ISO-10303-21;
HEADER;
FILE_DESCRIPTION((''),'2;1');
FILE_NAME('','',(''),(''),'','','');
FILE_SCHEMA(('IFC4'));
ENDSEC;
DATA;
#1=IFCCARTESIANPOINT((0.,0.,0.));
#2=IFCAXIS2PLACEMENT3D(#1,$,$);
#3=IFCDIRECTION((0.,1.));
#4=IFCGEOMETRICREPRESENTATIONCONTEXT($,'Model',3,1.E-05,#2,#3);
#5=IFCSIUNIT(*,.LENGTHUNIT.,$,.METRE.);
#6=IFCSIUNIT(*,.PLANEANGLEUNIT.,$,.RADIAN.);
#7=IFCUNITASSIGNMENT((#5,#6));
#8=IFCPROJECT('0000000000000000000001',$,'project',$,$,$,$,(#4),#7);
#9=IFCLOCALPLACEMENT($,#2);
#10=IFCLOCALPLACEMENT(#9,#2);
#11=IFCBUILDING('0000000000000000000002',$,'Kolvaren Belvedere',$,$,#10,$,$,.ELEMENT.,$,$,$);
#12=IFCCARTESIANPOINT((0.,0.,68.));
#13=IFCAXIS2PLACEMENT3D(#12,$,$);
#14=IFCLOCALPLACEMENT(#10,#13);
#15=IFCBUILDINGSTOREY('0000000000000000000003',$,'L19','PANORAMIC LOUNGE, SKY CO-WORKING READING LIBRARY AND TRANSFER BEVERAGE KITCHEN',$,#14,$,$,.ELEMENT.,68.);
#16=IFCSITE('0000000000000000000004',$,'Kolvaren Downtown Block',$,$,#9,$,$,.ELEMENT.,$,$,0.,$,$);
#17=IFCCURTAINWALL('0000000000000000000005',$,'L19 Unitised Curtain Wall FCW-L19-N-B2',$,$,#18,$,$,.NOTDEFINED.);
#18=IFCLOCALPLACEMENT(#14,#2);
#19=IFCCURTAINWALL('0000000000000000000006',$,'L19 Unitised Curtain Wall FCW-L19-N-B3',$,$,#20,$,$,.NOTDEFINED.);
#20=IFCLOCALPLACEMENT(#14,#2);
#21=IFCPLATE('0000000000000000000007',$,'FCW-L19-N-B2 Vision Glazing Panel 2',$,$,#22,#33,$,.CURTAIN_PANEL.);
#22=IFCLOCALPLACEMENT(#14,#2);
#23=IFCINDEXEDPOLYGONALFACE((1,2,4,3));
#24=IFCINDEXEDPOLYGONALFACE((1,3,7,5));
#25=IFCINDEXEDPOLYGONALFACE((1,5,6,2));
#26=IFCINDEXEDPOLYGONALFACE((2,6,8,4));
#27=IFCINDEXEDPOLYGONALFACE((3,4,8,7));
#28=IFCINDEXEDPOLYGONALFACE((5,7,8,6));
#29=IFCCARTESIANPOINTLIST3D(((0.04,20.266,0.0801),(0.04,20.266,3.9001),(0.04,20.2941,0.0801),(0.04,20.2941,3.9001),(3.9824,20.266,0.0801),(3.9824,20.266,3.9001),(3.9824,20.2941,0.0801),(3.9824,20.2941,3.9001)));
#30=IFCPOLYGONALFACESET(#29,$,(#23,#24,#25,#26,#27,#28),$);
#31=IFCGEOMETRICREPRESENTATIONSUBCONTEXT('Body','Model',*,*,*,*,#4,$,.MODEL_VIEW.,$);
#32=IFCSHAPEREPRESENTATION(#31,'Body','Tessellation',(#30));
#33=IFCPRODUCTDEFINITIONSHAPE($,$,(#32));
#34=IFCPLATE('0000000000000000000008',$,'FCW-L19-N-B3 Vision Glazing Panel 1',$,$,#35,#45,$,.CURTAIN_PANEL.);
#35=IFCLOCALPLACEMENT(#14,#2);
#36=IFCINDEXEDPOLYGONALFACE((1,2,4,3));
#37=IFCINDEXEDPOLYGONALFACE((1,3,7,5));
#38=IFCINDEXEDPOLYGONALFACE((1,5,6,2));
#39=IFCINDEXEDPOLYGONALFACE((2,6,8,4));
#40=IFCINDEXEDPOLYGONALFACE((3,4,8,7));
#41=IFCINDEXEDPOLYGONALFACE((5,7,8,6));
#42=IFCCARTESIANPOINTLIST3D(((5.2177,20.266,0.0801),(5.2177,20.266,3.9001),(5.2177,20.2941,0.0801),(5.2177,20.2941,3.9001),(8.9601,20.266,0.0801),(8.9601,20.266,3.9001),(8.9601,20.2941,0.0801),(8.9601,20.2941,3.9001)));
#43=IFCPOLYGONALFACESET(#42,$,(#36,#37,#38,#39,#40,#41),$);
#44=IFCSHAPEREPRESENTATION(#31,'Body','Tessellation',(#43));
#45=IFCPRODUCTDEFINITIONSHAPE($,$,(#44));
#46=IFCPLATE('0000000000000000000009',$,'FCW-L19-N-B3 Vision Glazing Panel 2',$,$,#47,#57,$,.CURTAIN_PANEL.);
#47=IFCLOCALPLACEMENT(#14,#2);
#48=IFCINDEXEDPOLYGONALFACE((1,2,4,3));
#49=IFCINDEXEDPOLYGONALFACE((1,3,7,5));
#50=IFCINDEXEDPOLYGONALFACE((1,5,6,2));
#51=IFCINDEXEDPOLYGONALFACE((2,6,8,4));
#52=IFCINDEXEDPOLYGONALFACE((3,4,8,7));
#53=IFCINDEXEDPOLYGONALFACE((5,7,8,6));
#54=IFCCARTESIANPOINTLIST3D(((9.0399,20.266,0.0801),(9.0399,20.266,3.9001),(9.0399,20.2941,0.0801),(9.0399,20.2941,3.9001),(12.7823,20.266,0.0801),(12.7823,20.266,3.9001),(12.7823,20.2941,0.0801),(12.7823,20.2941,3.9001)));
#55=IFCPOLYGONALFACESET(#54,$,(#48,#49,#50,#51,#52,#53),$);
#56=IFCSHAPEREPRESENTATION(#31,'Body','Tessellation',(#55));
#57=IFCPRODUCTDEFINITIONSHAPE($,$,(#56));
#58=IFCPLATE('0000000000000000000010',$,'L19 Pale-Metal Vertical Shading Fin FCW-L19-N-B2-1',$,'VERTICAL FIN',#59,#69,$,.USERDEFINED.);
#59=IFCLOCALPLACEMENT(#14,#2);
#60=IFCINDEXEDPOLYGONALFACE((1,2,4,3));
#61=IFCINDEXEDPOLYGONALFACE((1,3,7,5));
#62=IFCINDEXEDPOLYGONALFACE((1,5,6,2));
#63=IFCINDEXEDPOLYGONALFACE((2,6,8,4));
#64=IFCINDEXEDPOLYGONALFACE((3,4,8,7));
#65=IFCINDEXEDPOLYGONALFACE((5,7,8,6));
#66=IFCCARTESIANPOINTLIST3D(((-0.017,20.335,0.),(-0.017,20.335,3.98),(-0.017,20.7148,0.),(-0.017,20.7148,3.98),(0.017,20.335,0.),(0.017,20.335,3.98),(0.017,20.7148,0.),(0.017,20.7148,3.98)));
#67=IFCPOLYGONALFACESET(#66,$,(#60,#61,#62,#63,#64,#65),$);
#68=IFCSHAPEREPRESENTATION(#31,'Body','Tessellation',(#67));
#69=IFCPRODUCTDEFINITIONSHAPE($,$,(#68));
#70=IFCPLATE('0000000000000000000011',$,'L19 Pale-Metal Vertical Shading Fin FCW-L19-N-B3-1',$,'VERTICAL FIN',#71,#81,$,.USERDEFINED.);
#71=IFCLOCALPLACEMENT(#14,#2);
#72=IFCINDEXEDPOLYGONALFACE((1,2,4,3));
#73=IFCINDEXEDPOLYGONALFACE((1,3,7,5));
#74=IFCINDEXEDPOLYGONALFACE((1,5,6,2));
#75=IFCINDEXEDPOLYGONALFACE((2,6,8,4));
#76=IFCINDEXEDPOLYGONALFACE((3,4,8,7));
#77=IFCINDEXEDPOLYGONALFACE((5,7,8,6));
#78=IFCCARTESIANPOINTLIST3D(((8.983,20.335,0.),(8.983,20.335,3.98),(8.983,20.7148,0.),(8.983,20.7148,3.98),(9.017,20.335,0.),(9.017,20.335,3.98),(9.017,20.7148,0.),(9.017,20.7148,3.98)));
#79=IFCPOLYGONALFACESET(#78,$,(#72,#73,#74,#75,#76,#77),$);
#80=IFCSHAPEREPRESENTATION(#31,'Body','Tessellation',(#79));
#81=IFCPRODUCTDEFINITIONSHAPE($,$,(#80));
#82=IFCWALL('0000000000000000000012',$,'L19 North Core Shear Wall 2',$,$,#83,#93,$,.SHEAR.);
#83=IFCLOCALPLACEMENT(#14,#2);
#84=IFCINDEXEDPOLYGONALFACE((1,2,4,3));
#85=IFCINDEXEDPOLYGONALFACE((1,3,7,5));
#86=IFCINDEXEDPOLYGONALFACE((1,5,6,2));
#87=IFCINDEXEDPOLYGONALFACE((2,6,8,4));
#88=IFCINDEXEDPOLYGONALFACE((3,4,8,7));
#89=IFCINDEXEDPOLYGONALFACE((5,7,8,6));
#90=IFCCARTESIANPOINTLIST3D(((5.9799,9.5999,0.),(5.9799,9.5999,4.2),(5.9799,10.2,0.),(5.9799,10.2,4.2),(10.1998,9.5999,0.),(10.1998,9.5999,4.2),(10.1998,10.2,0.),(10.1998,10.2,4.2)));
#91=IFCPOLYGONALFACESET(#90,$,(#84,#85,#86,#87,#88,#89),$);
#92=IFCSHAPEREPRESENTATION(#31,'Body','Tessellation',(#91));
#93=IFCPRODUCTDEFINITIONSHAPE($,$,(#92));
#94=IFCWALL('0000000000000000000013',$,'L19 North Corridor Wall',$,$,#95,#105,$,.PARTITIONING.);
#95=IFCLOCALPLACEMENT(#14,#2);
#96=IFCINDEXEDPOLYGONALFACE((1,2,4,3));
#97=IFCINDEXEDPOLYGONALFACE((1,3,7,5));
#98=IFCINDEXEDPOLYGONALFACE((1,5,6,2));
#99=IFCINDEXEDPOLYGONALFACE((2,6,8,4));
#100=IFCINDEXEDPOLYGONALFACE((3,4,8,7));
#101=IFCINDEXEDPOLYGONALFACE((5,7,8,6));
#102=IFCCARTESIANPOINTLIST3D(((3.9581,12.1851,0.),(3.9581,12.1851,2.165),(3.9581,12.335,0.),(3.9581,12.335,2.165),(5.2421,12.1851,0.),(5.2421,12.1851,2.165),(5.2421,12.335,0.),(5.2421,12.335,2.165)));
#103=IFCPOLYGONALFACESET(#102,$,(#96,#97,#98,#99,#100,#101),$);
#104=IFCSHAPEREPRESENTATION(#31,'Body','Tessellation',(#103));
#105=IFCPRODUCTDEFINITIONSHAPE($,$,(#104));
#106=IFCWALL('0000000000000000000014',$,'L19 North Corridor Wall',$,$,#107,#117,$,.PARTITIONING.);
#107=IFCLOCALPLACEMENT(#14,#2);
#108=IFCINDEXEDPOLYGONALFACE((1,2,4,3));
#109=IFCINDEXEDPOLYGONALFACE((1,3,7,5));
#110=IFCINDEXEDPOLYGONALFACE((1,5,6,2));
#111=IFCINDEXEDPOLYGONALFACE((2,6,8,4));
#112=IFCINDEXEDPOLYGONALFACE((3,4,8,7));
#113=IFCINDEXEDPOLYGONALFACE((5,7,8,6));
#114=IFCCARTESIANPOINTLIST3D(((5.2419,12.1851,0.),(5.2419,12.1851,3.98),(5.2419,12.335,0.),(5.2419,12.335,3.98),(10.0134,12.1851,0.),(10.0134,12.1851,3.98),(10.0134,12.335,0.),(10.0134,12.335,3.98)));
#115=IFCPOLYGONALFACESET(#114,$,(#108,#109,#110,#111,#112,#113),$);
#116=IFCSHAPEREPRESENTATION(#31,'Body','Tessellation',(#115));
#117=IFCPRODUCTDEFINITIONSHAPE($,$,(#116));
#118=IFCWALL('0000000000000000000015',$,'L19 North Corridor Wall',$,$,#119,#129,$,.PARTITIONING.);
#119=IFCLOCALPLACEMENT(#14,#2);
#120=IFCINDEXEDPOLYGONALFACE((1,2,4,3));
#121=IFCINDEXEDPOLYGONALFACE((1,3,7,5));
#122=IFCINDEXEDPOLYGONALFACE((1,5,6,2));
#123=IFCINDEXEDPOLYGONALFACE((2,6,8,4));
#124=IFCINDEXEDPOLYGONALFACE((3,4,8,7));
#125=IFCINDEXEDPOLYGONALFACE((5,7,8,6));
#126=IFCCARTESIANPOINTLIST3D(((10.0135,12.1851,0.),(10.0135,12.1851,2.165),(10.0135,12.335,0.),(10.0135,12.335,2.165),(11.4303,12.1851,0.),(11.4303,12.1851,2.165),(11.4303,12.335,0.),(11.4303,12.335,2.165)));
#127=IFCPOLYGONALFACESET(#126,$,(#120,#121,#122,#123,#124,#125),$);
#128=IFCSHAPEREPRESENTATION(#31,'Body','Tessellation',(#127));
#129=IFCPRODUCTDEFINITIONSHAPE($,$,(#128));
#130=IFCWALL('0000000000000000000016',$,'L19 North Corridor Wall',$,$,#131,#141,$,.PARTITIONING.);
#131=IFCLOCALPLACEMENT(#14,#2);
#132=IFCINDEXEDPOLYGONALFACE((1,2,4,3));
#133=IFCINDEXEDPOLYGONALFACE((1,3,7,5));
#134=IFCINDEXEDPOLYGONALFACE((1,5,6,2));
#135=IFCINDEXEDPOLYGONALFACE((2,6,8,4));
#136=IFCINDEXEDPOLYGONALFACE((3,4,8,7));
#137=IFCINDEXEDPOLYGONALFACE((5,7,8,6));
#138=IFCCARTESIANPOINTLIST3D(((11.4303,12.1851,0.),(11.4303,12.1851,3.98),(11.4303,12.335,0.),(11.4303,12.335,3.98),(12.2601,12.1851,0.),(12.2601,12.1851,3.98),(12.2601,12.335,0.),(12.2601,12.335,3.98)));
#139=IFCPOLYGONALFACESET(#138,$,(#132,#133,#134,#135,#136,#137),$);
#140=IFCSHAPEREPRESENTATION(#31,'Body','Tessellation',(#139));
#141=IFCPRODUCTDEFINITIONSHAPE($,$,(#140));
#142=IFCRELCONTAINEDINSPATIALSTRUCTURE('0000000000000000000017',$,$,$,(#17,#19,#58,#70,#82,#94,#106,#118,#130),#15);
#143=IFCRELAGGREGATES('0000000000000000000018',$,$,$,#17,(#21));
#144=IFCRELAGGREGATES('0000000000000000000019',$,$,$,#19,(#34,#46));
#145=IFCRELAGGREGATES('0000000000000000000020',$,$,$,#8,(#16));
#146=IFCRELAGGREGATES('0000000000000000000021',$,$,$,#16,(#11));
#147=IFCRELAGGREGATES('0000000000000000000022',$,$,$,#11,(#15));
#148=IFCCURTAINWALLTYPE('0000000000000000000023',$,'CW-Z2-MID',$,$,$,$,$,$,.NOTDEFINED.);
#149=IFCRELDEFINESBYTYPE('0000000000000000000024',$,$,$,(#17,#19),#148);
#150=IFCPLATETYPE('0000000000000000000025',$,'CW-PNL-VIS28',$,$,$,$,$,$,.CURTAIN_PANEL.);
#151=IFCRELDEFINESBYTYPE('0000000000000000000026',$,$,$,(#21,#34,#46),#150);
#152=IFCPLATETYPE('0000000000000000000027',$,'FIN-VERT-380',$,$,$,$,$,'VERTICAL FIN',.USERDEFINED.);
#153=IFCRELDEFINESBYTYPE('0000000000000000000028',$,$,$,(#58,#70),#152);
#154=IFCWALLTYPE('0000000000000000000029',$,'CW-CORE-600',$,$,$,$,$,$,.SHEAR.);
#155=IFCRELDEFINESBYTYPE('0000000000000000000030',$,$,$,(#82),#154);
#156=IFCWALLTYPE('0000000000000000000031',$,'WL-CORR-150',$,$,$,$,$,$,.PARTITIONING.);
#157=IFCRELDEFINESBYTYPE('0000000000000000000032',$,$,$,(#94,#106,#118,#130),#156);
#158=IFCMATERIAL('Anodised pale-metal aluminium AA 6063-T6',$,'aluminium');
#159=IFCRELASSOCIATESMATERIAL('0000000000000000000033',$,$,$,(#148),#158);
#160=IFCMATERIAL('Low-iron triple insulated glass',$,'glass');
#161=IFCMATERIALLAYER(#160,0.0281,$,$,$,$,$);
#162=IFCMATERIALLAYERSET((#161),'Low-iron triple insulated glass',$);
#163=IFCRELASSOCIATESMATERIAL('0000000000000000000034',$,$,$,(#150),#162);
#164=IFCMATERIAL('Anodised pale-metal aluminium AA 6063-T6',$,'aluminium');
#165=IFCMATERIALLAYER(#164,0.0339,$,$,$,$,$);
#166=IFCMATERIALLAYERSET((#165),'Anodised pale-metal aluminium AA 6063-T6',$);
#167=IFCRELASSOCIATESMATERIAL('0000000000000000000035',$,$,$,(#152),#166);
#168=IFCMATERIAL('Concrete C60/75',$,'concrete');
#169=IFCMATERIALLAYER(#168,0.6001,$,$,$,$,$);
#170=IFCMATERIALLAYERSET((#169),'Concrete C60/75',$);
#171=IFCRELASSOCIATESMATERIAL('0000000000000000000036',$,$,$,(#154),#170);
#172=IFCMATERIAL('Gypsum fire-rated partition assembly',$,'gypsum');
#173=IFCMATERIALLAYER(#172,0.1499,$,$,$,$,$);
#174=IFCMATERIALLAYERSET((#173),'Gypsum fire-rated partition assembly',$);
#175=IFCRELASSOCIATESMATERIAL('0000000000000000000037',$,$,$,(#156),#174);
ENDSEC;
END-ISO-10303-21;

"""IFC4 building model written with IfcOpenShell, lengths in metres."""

from ifc_helpers import new_model, si_unit, direction, frame, frame_2d, origin, origin_2d, place, context, subcontext, project, spatial, rectangle, extrude, material, layer, layer_set, type_object, element, aggregate, save


model = new_model("IFC4")

# Units and contexts
model_context = context("Model", 3, precision=1e-05, world=origin(), true_north=direction((0.0, 1.0)))
body_context = subcontext(model_context, "Body", "Model", "MODEL_VIEW")
ifc_project = project(units=[si_unit("LENGTHUNIT", "METRE"), si_unit("PLANEANGLEUNIT", "RADIAN")], contexts=[model_context])

# Site, building, storey
site_placement = place(None, origin())
site = spatial("IfcSite", under=ifc_project, at=site_placement, Name="Kolvaren Downtown Block", CompositionType="ELEMENT", RefElevation=0.0)
building_placement = place(site_placement, origin())
building = spatial("IfcBuilding", under=site, at=building_placement, Name="Kolvaren Belvedere", CompositionType="ELEMENT")
storey_placement = place(building_placement, frame((0.0, 0.0, 68.0)))
storey = spatial("IfcBuildingStorey", under=building, at=storey_placement, Name="L19", Description="PANORAMIC LOUNGE, SKY CO-WORKING READING LIBRARY AND TRANSFER BEVERAGE KITCHEN", CompositionType="ELEMENT", Elevation=68.0)

# Curtain walls
ifc_material_1 = material(Name="Anodised pale-metal aluminium AA 6063-T6", Category="aluminium")
curtain_wall_type = type_object("IfcCurtainWallType", Name="CW-Z2-MID", PredefinedType="NOTDEFINED", material=ifc_material_1)
curtain_wall_1_placement = place(storey_placement, origin())
curtain_wall_1 = element("IfcCurtainWall", 1, at=curtain_wall_1_placement, inside=storey, type_object=curtain_wall_type, Name="L19 Unitised Curtain Wall FCW-L19-N-B2", PredefinedType="NOTDEFINED")
curtain_wall_2_placement = place(storey_placement, origin())
curtain_wall_2 = element("IfcCurtainWall", 2, at=curtain_wall_2_placement, inside=storey, type_object=curtain_wall_type, Name="L19 Unitised Curtain Wall FCW-L19-N-B3", PredefinedType="NOTDEFINED")

# Plates
ifc_material_2 = material(Name="Low-iron triple insulated glass", Category="glass")
ifc_layer_1 = layer(ifc_material_2, 0.0281)
ifc_layer_set_1 = layer_set([ifc_layer_1], Name="Low-iron triple insulated glass")
plate_type_1 = type_object("IfcPlateType", Name="CW-PNL-VIS28", PredefinedType="CURTAIN_PANEL", material=ifc_layer_set_1)
plate_1_placement = place(storey_placement, frame((2.0112, 20.28, 0.0801), z_axis=(0.0, 0.0, 1.0), x_axis=(1.0, 0.0, 0.0)))
plate_1 = element("IfcPlate", 3, at=plate_1_placement, type_object=plate_type_1, Name="FCW-L19-N-B2 Vision Glazing Panel 2", PredefinedType="CURTAIN_PANEL", context=body_context, shape_type="SweptSolid", body=[
    extrude(rectangle(XDim=3.9424, YDim=0.0281, at=origin_2d()), origin(), (0.0, 0.0, 1.0), 3.8201),
])
aggregate(curtain_wall_1, [plate_1])
plate_2_placement = place(storey_placement, frame((7.0889, 20.28, 0.0801), z_axis=(0.0, 0.0, 1.0), x_axis=(1.0, 0.0, 0.0)))
plate_2 = element("IfcPlate", 4, at=plate_2_placement, type_object=plate_type_1, Name="FCW-L19-N-B3 Vision Glazing Panel 1", PredefinedType="CURTAIN_PANEL", context=body_context, shape_type="SweptSolid", body=[
    extrude(rectangle(XDim=3.7424, YDim=0.0281, at=origin_2d()), origin(), (0.0, 0.0, 1.0), 3.8201),
])
plate_3_placement = place(storey_placement, frame((10.9111, 20.28, 0.0801), z_axis=(0.0, 0.0, 1.0), x_axis=(1.0, 0.0, 0.0)))
plate_3 = element("IfcPlate", 5, at=plate_3_placement, type_object=plate_type_1, Name="FCW-L19-N-B3 Vision Glazing Panel 2", PredefinedType="CURTAIN_PANEL", context=body_context, shape_type="SweptSolid", body=[
    extrude(rectangle(XDim=3.7424, YDim=0.0281, at=origin_2d()), origin(), (0.0, 0.0, 1.0), 3.8201),
])
aggregate(curtain_wall_2, [plate_2, plate_3])

# Plates
ifc_material_3 = material(Name="Anodised pale-metal aluminium AA 6063-T6", Category="aluminium")
ifc_layer_2 = layer(ifc_material_3, 0.0339)
ifc_layer_set_2 = layer_set([ifc_layer_2], Name="Anodised pale-metal aluminium AA 6063-T6")
plate_type_2 = type_object("IfcPlateType", Name="FIN-VERT-380", ElementType="VERTICAL FIN", PredefinedType="USERDEFINED", material=ifc_layer_set_2)
for number, where, z_axis, x_axis, name in (
    (6, (0.0, 20.5249, 0.0), (0.0, 0.0, 1.0), (0.0, 1.0, 0.0), "L19 Pale-Metal Vertical Shading Fin FCW-L19-N-B2-1"),
    (7, (9.0, 20.5249, 0.0), (0.0, 0.0, 1.0), (0.0, 1.0, 0.0), "L19 Pale-Metal Vertical Shading Fin FCW-L19-N-B3-1"),
):
    element("IfcPlate", number, at=place(storey_placement, frame(where, z_axis=z_axis, x_axis=x_axis)), inside=storey, type_object=plate_type_2, Name=name, ObjectType="VERTICAL FIN", PredefinedType="USERDEFINED", context=body_context, shape_type="SweptSolid", body=[
        extrude(rectangle(XDim=0.3799, YDim=0.0339, at=origin_2d()), origin(), (0.0, 0.0, 1.0), 3.98),
    ])

# Walls
ifc_material_4 = material(Name="Concrete C60/75", Category="concrete")
ifc_layer_3 = layer(ifc_material_4, 0.6001)
ifc_layer_set_3 = layer_set([ifc_layer_3], Name="Concrete C60/75")
wall_type_1 = type_object("IfcWallType", Name="CW-CORE-600", PredefinedType="SHEAR", material=ifc_layer_set_3)
wall_1_placement = place(storey_placement, frame((5.98, 9.8999, 0.0), z_axis=(0.0, 0.0, 1.0), x_axis=(1.0, 0.0, 0.0)))
element("IfcWall", 8, at=wall_1_placement, inside=storey, type_object=wall_type_1, Name="L19 North Core Shear Wall 2", PredefinedType="SHEAR", context=body_context, shape_type="SweptSolid", body=[
    extrude(rectangle(XDim=4.22, YDim=0.6001, at=frame_2d((2.1099, 0.0))), origin(), (0.0, 0.0, 1.0), 4.2),
])
ifc_material_5 = material(Name="Gypsum fire-rated partition assembly", Category="gypsum")
ifc_layer_4 = layer(ifc_material_5, 0.1499)
ifc_layer_set_4 = layer_set([ifc_layer_4], Name="Gypsum fire-rated partition assembly")
wall_type_2 = type_object("IfcWallType", Name="WL-CORR-150", PredefinedType="PARTITIONING", material=ifc_layer_set_4)
wall_2_placement = place(storey_placement, frame((3.958, 12.26, 0.0), z_axis=(0.0, 0.0, 1.0), x_axis=(1.0, 0.0, 0.0)))
element("IfcWall", 9, at=wall_2_placement, inside=storey, type_object=wall_type_2, Name="L19 North Corridor Wall", PredefinedType="PARTITIONING", context=body_context, shape_type="SweptSolid", body=[
    extrude(rectangle(XDim=1.2839, YDim=0.1499, at=frame_2d((0.6421, 0.0))), origin(), (0.0, 0.0, 1.0), 2.165),
])
wall_3_placement = place(storey_placement, frame((5.2419, 12.26, 0.0), z_axis=(0.0, 0.0, 1.0), x_axis=(1.0, 0.0, 0.0)))
element("IfcWall", 10, at=wall_3_placement, inside=storey, type_object=wall_type_2, Name="L19 North Corridor Wall", PredefinedType="PARTITIONING", context=body_context, shape_type="SweptSolid", body=[
    extrude(rectangle(XDim=4.7715, YDim=0.1499, at=frame_2d((2.3857, 0.0))), origin(), (0.0, 0.0, 1.0), 3.98),
])
wall_4_placement = place(storey_placement, frame((10.0134, 12.26, 0.0), z_axis=(0.0, 0.0, 1.0), x_axis=(1.0, 0.0, 0.0)))
element("IfcWall", 11, at=wall_4_placement, inside=storey, type_object=wall_type_2, Name="L19 North Corridor Wall", PredefinedType="PARTITIONING", context=body_context, shape_type="SweptSolid", body=[
    extrude(rectangle(XDim=1.4167, YDim=0.1499, at=frame_2d((0.7085, 0.0))), origin(), (0.0, 0.0, 1.0), 2.165),
])
wall_5_placement = place(storey_placement, frame((11.4302, 12.26, 0.0), z_axis=(0.0, 0.0, 1.0), x_axis=(1.0, 0.0, 0.0)))
element("IfcWall", 12, at=wall_5_placement, inside=storey, type_object=wall_type_2, Name="L19 North Corridor Wall", PredefinedType="PARTITIONING", context=body_context, shape_type="SweptSolid", body=[
    extrude(rectangle(XDim=0.8298, YDim=0.1499, at=frame_2d((0.415, 0.0))), origin(), (0.0, 0.0, 1.0), 3.98),
])

save(model, "model.ifc")
